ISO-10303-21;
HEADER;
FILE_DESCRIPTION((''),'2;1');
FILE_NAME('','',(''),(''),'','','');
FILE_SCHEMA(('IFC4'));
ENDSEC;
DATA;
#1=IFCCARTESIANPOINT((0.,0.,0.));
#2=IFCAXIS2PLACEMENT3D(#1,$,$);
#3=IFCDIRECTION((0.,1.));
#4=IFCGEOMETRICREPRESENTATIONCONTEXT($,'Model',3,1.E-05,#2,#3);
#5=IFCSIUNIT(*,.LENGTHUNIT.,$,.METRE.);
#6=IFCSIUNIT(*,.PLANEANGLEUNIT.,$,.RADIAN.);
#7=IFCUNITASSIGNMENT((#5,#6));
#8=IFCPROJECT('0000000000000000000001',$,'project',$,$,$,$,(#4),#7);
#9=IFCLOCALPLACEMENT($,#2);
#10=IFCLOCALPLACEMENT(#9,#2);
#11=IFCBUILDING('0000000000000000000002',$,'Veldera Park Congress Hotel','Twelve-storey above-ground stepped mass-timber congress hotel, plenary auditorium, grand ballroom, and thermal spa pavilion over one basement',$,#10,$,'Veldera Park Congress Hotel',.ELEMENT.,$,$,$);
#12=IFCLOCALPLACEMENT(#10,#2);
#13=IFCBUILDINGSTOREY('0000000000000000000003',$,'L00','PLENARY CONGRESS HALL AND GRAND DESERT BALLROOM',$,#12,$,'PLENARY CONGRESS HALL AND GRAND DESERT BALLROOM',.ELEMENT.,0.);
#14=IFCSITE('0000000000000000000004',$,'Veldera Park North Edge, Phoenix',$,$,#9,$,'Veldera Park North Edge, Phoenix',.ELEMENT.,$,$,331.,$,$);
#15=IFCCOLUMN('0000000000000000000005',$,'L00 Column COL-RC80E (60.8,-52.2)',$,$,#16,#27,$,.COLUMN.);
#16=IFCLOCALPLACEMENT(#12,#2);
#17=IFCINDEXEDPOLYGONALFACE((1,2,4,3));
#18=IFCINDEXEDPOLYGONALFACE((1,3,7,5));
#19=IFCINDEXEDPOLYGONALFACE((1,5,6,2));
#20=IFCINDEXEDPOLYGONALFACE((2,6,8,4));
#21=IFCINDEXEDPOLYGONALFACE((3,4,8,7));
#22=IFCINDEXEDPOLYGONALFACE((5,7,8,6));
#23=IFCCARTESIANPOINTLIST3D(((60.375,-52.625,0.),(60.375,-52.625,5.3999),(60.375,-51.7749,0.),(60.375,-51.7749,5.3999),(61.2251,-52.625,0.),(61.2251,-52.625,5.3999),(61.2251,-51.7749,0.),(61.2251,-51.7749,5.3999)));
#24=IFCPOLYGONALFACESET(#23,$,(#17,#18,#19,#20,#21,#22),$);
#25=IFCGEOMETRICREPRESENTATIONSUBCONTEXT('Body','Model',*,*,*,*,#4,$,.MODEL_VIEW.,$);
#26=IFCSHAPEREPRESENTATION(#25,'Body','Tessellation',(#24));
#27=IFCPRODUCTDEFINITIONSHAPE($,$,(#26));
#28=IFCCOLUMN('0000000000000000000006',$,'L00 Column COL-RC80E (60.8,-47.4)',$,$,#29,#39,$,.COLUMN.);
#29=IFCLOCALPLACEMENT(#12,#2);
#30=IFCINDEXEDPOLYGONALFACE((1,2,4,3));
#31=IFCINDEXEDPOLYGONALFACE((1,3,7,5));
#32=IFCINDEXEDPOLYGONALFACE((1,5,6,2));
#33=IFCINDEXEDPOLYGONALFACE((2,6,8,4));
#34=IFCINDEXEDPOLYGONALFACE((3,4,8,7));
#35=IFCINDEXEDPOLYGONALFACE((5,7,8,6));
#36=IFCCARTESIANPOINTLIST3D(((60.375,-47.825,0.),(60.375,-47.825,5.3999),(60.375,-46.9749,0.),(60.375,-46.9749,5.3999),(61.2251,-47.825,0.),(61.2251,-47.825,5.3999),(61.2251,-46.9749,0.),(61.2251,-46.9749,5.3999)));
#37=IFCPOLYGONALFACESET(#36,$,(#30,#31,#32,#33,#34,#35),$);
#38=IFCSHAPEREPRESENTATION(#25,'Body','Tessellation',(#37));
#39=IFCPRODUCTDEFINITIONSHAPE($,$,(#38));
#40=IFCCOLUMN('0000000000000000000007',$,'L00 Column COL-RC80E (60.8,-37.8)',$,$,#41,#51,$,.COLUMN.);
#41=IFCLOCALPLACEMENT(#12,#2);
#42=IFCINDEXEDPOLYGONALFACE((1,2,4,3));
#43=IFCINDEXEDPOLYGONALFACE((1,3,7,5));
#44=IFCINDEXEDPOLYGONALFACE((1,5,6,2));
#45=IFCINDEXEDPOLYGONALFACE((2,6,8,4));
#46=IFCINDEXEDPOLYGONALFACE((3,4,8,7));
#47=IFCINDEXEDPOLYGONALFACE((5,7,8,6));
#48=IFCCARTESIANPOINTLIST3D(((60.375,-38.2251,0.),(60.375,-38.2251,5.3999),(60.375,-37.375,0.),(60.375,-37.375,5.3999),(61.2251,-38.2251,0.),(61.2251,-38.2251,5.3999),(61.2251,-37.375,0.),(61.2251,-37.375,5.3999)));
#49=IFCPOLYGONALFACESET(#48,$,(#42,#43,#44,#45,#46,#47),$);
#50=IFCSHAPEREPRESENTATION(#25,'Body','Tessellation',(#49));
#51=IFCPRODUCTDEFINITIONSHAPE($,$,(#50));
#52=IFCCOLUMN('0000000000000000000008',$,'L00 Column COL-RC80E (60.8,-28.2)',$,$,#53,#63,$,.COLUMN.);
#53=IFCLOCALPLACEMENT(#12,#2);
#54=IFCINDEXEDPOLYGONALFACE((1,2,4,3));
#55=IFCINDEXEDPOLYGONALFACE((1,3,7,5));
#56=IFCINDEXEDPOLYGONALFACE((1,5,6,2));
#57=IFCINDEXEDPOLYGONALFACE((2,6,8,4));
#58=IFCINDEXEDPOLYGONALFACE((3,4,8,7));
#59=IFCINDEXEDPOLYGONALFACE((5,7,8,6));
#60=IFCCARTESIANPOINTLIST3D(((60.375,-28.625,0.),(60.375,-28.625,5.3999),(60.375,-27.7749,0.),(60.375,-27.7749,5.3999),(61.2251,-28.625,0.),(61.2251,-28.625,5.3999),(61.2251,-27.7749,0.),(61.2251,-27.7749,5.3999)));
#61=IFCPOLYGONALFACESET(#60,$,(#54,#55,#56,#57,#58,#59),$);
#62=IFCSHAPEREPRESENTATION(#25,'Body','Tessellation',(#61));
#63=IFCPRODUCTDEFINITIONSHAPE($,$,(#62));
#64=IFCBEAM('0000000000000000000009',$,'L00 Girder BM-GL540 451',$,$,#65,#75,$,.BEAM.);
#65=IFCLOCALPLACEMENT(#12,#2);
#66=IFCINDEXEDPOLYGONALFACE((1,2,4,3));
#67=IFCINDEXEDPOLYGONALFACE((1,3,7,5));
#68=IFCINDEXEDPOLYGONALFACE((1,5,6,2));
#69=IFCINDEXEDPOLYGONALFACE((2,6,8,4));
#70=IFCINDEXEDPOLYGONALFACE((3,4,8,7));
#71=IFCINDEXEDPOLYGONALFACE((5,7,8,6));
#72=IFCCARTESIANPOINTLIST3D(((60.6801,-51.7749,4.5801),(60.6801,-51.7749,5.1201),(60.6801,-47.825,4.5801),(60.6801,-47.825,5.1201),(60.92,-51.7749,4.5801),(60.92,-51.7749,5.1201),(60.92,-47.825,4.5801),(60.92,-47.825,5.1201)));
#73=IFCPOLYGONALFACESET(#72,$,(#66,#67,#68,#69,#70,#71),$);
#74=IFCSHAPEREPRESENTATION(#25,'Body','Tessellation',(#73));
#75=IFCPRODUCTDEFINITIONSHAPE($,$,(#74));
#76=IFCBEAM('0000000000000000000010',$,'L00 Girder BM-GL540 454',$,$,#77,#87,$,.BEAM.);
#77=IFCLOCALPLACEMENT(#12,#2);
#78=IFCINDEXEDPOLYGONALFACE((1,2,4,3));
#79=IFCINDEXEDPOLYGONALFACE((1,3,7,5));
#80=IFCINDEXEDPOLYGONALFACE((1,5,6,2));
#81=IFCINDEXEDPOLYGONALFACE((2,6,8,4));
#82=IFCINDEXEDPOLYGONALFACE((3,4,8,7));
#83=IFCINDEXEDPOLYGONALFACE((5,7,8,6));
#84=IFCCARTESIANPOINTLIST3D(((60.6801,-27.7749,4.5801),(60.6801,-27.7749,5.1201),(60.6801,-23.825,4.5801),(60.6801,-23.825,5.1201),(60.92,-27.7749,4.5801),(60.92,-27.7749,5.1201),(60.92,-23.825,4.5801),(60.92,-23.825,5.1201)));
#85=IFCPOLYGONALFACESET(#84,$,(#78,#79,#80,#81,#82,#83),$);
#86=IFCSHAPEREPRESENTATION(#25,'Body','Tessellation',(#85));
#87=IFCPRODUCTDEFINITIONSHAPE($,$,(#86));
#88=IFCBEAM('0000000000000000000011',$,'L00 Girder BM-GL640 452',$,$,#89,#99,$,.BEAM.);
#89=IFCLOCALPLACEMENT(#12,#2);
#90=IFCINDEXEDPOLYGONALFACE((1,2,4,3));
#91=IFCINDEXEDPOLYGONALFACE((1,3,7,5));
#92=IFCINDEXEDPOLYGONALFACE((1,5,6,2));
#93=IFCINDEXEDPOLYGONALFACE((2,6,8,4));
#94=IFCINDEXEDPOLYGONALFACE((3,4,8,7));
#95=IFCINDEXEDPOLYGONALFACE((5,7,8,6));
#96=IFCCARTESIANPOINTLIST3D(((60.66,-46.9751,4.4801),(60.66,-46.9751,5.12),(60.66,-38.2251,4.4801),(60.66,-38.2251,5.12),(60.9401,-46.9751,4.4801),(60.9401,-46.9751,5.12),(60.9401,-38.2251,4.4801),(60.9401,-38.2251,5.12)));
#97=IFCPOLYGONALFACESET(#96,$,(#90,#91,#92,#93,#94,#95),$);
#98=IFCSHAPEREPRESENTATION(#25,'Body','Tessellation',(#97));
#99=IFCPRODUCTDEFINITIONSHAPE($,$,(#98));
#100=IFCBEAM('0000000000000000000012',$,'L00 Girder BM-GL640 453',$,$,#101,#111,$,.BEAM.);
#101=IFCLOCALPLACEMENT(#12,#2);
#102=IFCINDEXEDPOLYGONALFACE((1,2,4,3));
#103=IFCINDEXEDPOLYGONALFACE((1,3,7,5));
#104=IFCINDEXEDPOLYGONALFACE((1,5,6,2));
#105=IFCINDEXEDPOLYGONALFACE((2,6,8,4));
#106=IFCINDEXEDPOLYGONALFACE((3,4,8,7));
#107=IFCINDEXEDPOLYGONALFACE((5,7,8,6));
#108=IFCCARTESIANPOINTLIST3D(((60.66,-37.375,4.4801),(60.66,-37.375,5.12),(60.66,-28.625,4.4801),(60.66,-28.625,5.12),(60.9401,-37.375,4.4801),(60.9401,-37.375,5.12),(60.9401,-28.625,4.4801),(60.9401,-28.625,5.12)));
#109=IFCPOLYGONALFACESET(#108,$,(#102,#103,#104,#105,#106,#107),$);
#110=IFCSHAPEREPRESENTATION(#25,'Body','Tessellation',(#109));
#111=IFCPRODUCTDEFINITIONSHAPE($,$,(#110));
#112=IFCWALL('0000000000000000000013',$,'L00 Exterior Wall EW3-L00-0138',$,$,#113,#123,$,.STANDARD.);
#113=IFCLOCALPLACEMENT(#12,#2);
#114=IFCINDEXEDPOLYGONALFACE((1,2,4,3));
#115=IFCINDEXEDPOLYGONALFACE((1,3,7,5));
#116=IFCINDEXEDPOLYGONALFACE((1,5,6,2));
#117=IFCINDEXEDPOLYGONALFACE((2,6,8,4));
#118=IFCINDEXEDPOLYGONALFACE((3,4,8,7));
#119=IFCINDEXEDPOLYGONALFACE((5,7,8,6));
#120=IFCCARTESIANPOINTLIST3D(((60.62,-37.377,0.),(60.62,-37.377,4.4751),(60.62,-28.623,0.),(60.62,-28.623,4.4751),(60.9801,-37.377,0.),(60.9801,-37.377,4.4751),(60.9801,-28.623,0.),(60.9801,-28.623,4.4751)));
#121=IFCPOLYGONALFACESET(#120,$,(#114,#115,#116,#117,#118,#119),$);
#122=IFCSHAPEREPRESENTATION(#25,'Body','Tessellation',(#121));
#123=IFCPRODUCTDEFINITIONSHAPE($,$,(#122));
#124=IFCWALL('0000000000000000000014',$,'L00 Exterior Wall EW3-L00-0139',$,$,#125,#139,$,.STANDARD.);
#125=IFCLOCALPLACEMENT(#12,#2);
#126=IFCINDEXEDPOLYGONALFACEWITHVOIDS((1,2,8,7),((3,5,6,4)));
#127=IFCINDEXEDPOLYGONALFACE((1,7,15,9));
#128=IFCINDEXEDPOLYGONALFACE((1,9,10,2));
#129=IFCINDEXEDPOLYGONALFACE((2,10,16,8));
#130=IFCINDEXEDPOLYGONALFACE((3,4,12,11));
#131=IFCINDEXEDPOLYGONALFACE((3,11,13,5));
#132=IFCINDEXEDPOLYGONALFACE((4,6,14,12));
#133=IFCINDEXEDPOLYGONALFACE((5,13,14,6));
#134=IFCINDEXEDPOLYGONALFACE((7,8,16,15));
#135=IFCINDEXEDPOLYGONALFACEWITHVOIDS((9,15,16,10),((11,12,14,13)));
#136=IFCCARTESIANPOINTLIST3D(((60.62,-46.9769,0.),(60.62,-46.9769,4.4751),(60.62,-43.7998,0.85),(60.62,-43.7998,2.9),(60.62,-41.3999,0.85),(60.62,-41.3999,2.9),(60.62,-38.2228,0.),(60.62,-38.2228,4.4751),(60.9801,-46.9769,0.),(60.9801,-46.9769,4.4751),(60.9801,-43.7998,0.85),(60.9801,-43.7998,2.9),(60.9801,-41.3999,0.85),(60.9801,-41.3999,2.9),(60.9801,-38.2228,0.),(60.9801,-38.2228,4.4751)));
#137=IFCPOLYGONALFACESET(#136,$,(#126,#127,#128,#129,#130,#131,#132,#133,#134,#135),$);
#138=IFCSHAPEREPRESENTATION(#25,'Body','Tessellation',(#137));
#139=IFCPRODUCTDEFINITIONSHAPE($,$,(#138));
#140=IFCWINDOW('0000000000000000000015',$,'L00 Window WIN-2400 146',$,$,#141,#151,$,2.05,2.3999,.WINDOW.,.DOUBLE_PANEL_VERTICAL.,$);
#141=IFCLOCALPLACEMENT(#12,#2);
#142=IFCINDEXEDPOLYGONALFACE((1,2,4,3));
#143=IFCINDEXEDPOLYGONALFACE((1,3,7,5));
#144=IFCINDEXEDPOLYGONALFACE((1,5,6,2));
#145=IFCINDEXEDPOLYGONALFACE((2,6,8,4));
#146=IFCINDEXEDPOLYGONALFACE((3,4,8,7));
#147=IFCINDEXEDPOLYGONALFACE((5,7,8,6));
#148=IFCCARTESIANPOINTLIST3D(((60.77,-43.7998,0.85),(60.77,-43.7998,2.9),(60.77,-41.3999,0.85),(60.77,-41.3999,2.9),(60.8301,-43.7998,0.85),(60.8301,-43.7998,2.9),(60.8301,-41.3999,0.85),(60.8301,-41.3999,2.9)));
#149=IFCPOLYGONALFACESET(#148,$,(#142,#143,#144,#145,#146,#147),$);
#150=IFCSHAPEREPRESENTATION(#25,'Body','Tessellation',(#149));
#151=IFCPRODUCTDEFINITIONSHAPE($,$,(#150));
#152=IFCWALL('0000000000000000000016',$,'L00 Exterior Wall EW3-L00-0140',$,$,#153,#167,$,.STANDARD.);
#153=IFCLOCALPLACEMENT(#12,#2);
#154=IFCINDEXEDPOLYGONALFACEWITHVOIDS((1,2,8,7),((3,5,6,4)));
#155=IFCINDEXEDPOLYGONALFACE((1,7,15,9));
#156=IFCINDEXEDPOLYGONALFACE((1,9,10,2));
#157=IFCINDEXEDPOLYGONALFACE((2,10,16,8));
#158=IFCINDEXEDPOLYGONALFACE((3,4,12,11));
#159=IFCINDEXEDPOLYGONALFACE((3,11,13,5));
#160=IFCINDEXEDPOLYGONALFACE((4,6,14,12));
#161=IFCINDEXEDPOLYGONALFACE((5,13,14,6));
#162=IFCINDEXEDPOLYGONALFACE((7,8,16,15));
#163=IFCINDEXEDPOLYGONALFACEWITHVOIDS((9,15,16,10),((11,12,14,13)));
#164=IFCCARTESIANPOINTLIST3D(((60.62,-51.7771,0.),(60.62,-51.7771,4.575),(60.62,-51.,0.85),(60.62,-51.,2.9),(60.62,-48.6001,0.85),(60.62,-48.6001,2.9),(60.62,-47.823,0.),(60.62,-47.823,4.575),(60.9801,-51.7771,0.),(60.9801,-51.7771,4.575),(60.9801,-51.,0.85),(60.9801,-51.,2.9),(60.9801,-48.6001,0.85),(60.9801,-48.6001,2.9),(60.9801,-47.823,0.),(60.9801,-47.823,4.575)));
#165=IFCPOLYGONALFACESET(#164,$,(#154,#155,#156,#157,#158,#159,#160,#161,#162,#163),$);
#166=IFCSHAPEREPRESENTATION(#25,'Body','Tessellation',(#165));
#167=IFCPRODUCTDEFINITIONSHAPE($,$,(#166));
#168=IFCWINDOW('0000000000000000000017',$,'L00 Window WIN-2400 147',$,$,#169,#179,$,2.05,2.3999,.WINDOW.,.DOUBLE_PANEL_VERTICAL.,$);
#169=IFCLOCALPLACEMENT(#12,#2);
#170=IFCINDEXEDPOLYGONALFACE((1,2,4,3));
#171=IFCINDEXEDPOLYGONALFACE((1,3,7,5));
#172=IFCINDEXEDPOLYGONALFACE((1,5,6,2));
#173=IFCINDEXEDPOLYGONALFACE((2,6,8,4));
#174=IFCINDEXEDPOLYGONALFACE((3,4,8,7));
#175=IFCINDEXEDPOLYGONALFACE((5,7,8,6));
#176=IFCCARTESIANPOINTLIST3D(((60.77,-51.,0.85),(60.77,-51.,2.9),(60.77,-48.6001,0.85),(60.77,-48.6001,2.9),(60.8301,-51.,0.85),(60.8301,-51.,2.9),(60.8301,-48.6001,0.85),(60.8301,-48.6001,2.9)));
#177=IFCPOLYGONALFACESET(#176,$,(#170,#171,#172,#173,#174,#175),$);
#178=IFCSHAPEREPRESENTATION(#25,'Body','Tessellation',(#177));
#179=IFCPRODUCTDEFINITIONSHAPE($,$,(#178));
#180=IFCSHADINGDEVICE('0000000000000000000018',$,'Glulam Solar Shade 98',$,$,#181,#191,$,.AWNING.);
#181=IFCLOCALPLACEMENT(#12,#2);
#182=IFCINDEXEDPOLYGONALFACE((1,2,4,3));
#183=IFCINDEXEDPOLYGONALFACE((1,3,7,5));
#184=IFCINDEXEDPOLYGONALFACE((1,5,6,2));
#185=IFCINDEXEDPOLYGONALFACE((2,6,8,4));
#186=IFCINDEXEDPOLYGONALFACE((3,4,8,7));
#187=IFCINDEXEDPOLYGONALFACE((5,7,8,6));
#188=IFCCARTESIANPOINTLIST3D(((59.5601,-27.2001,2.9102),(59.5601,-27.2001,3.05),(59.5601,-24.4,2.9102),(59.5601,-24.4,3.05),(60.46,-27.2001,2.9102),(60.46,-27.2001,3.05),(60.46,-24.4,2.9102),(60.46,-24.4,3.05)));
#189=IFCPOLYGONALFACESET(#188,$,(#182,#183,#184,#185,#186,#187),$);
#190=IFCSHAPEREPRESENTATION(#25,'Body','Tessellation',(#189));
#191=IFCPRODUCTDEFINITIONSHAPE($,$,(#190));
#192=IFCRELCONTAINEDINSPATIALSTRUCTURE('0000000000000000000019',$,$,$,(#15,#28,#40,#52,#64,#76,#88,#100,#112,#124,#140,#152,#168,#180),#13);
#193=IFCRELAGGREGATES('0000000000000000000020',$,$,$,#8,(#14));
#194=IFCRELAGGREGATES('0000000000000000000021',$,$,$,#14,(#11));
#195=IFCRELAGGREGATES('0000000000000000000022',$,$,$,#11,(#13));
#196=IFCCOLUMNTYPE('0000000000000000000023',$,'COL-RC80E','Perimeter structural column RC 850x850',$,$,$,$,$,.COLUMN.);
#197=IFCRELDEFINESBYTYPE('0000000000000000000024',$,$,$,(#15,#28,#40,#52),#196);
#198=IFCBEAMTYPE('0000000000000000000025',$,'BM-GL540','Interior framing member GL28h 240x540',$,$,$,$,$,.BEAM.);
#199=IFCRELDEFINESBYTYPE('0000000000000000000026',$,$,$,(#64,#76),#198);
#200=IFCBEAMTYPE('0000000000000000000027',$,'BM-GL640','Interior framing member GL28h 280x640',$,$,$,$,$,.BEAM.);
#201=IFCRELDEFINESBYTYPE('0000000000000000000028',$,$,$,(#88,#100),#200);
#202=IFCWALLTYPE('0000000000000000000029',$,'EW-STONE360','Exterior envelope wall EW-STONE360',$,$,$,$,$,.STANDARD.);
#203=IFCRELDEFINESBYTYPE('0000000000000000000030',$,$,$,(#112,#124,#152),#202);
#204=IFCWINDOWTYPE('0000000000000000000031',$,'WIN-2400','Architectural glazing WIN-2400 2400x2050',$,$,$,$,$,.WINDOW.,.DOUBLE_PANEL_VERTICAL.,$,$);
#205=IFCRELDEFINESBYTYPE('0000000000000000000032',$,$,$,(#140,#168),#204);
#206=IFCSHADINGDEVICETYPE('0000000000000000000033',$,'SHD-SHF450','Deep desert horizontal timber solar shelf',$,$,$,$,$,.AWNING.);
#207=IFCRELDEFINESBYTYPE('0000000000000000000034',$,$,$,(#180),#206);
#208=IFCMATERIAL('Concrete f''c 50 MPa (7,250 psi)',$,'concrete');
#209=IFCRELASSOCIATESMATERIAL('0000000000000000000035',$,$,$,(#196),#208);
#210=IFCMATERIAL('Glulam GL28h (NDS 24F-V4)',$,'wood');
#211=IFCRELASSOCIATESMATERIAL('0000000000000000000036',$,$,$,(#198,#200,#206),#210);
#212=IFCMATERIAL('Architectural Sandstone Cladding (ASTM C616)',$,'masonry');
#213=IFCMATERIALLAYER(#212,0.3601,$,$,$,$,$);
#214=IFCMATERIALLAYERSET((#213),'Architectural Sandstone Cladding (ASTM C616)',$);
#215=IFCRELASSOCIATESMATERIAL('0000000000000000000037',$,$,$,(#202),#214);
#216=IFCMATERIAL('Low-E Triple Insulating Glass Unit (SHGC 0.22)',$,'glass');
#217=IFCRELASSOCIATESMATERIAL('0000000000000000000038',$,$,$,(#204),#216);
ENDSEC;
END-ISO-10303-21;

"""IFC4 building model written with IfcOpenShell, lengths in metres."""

from ifc_helpers import new_model, si_unit, direction, frame, frame_2d, origin, origin_2d, place, context, subcontext, project, spatial, rectangle, extrude, material, layer, layer_set, material_profile, profile_set, type_object, element, fill, save


model = new_model("IFC4")

# Units and contexts
model_context = context("Model", 3, precision=1e-05, world=origin(), true_north=direction((0.0, 1.0)))
body_context = subcontext(model_context, "Body", "Model", "MODEL_VIEW")
ifc_project = project(units=[si_unit("LENGTHUNIT", "METRE"), si_unit("PLANEANGLEUNIT", "RADIAN")], contexts=[model_context])

# Site, building, storey
site_placement = place(None, origin())
site = spatial("IfcSite", under=ifc_project, at=site_placement, Name="Veldera Park North Edge, Phoenix", LongName="Veldera Park North Edge, Phoenix", CompositionType="ELEMENT", RefElevation=331.0)
building_placement = place(site_placement, origin())
building = spatial("IfcBuilding", under=site, at=building_placement, Name="Veldera Park Congress Hotel", Description="Twelve-storey above-ground stepped mass-timber congress hotel, plenary auditorium, grand ballroom, and thermal spa pavilion over one basement", LongName="Veldera Park Congress Hotel", CompositionType="ELEMENT")
storey_placement = place(building_placement, origin())
storey = spatial("IfcBuildingStorey", under=building, at=storey_placement, Name="L00", Description="PLENARY CONGRESS HALL AND GRAND DESERT BALLROOM", LongName="PLENARY CONGRESS HALL AND GRAND DESERT BALLROOM", CompositionType="ELEMENT", Elevation=0.0)

# Columns
ifc_material_1 = material(Name="Concrete f'c 50 MPa (7,250 psi)", Category="concrete")
ifc_material_profile_1 = material_profile(ifc_material_1, rectangle(XDim=0.8501, YDim=0.8501, at=origin_2d()), Name="RC 850x850")
ifc_profile_set_1 = profile_set([ifc_material_profile_1], Name="Concrete f'c 50 MPa (7,250 psi)")
column_type = type_object("IfcColumnType", Name="COL-RC80E", Description="Perimeter structural column RC 850x850", PredefinedType="COLUMN", material=ifc_profile_set_1)
for number, where, z_axis, x_axis, name in (
    (1, (60.8, -52.2, 0.0), (0.0, 0.0, 1.0), (1.0, 0.0, 0.0), "L00 Column COL-RC80E (60.8,-52.2)"),
    (2, (60.8, -47.3999, 0.0), (0.0, 0.0, 1.0), (1.0, 0.0, 0.0), "L00 Column COL-RC80E (60.8,-47.4)"),
    (3, (60.8, -37.8, 0.0), (0.0, 0.0, 1.0), (1.0, 0.0, 0.0), "L00 Column COL-RC80E (60.8,-37.8)"),
    (4, (60.8, -28.2, 0.0), (0.0, 0.0, 1.0), (1.0, 0.0, 0.0), "L00 Column COL-RC80E (60.8,-28.2)"),
):
    element("IfcColumn", number, at=place(storey_placement, frame(where, z_axis=z_axis, x_axis=x_axis)), inside=storey, type_object=column_type, Name=name, PredefinedType="COLUMN", context=body_context, shape_type="SweptSolid", body=[
        extrude(rectangle(XDim=0.8501, YDim=0.8501, at=origin_2d()), origin(), (0.0, 0.0, 1.0), 5.3999),
    ])

# Beams
ifc_material_2 = material(Name="Glulam GL28h (NDS 24F-V4)", Category="wood")
ifc_material_profile_2 = material_profile(ifc_material_2, rectangle(XDim=0.24, YDim=0.54, at=origin_2d()), Name="GL28h 240x540")
ifc_profile_set_2 = profile_set([ifc_material_profile_2], Name="Glulam GL28h (NDS 24F-V4)")
beam_type_1 = type_object("IfcBeamType", Name="BM-GL540", Description="Interior framing member GL28h 240x540", PredefinedType="BEAM", material=ifc_profile_set_2)
for number, where, z_axis, x_axis, name in (
    (5, (60.8, -51.7749, 4.8501), (0.0, 1.0, 0.0), (-1.0, 0.0, 0.0), "L00 Girder BM-GL540 451"),
    (6, (60.8, -27.7749, 4.8501), (0.0, 1.0, 0.0), (-1.0, 0.0, 0.0), "L00 Girder BM-GL540 454"),
):
    element("IfcBeam", number, at=place(storey_placement, frame(where, z_axis=z_axis, x_axis=x_axis)), inside=storey, type_object=beam_type_1, Name=name, PredefinedType="BEAM", context=body_context, shape_type="SweptSolid", body=[
        extrude(rectangle(XDim=0.24, YDim=0.54, at=origin_2d()), origin(), (0.0, 0.0, 1.0), 3.95),
    ])
ifc_material_profile_3 = material_profile(ifc_material_2, rectangle(XDim=0.28, YDim=0.6399, at=origin_2d()), Name="GL28h 280x640")
ifc_profile_set_3 = profile_set([ifc_material_profile_3], Name="Glulam GL28h (NDS 24F-V4)")
beam_type_2 = type_object("IfcBeamType", Name="BM-GL640", Description="Interior framing member GL28h 280x640", PredefinedType="BEAM", material=ifc_profile_set_3)
for number, where, z_axis, x_axis, name in (
    (7, (60.8, -46.9751, 4.8), (0.0, 1.0, 0.0), (-1.0, 0.0, 0.0), "L00 Girder BM-GL640 452"),
    (8, (60.8, -37.375, 4.8), (0.0, 1.0, 0.0), (-1.0, 0.0, 0.0), "L00 Girder BM-GL640 453"),
):
    element("IfcBeam", number, at=place(storey_placement, frame(where, z_axis=z_axis, x_axis=x_axis)), inside=storey, type_object=beam_type_2, Name=name, PredefinedType="BEAM", context=body_context, shape_type="SweptSolid", body=[
        extrude(rectangle(XDim=0.28, YDim=0.6399, at=origin_2d()), origin(), (0.0, 0.0, 1.0), 8.75),
    ])

# Wall
ifc_material_3 = material(Name="Architectural Sandstone Cladding (ASTM C616)", Category="masonry")
ifc_layer = layer(ifc_material_3, 0.3601)
ifc_layer_set = layer_set([ifc_layer], Name="Architectural Sandstone Cladding (ASTM C616)")
wall_type = type_object("IfcWallType", Name="EW-STONE360", Description="Exterior envelope wall EW-STONE360", PredefinedType="STANDARD", material=ifc_layer_set)
wall_1_placement = place(storey_placement, frame((60.8, -28.623, 0.0), z_axis=(0.0, 0.0, 1.0), x_axis=(0.0, -1.0, 0.0)))
element("IfcWall", 9, at=wall_1_placement, inside=storey, type_object=wall_type, Name="L00 Exterior Wall EW3-L00-0138", PredefinedType="STANDARD", context=body_context, shape_type="SweptSolid", body=[
    extrude(rectangle(XDim=8.7539, YDim=0.3601, at=frame_2d((4.377, 0.0))), origin(), (0.0, 0.0, 1.0), 4.4751),
])

# Walls, openings, windows
wall_2_placement = place(storey_placement, frame((60.8, -38.2229, 0.0), z_axis=(0.0, 0.0, 1.0), x_axis=(0.0, -1.0, 0.0)))
wall_2 = element("IfcWall", 10, at=wall_2_placement, inside=storey, type_object=wall_type, Name="L00 Exterior Wall EW3-L00-0139", PredefinedType="STANDARD", context=body_context, shape_type="SweptSolid", body=[
    extrude(rectangle(XDim=8.7542, YDim=0.3601, at=frame_2d((4.377, 0.0))), origin(), (0.0, 0.0, 1.0), 4.4751),
])
opening_1_placement = place(wall_2_placement, frame((3.177, 0.0, 0.8501)))
opening_1 = element("IfcOpeningElement", 11, at=opening_1_placement, cuts=wall_2, PredefinedType="OPENING", context=body_context, shape_type="SweptSolid", body=[
    extrude(rectangle(XDim=2.3999, YDim=2.05, at=frame_2d((1.2, 1.0249))), frame((0.0, 0.1921, 0.0), z_axis=(0.0, -1.0, 0.0), x_axis=(1.0, 0.0, 0.0)), (0.0, 0.0, 1.0), 0.384),
])
ifc_material_4 = material(Name="Low-E Triple Insulating Glass Unit (SHGC 0.22)", Category="glass")
window_type = type_object("IfcWindowType", Name="WIN-2400", Description="Architectural glazing WIN-2400 2400x2050", PartitioningType="DOUBLE_PANEL_VERTICAL", PredefinedType="WINDOW", material=ifc_material_4)
window_1_placement = place(opening_1_placement, origin())
window_1 = element("IfcWindow", 12, at=window_1_placement, inside=storey, type_object=window_type, Name="L00 Window WIN-2400 146", OverallHeight=2.05, OverallWidth=2.3999, PartitioningType="DOUBLE_PANEL_VERTICAL", PredefinedType="WINDOW", context=body_context, shape_type="SweptSolid", body=[
    extrude(rectangle(XDim=2.3999, YDim=2.05, at=frame_2d((1.2, 1.0249))), frame((0.0, 0.03, 0.0), z_axis=(0.0, -1.0, 0.0), x_axis=(1.0, 0.0, 0.0)), (0.0, 0.0, 1.0), 0.0601),
])
fill(opening_1, window_1)
wall_3_placement = place(storey_placement, frame((60.8, -47.823, 0.0), z_axis=(0.0, 0.0, 1.0), x_axis=(0.0, -1.0, 0.0)))
wall_3 = element("IfcWall", 13, at=wall_3_placement, inside=storey, type_object=wall_type, Name="L00 Exterior Wall EW3-L00-0140", PredefinedType="STANDARD", context=body_context, shape_type="SweptSolid", body=[
    extrude(rectangle(XDim=3.9541, YDim=0.3601, at=frame_2d((1.9771, 0.0))), origin(), (0.0, 0.0, 1.0), 4.575),
])
opening_2_placement = place(wall_3_placement, frame((0.7771, 0.0, 0.8501)))
opening_2 = element("IfcOpeningElement", 14, at=opening_2_placement, cuts=wall_3, PredefinedType="OPENING", context=body_context, shape_type="SweptSolid", body=[
    extrude(rectangle(XDim=2.3999, YDim=2.05, at=frame_2d((1.2, 1.0249))), frame((0.0, 0.1921, 0.0), z_axis=(0.0, -1.0, 0.0), x_axis=(1.0, 0.0, 0.0)), (0.0, 0.0, 1.0), 0.384),
])
window_2_placement = place(opening_2_placement, origin())
window_2 = element("IfcWindow", 15, at=window_2_placement, inside=storey, type_object=window_type, Name="L00 Window WIN-2400 147", OverallHeight=2.05, OverallWidth=2.3999, PartitioningType="DOUBLE_PANEL_VERTICAL", PredefinedType="WINDOW", context=body_context, shape_type="SweptSolid", body=[
    extrude(rectangle(XDim=2.3999, YDim=2.05, at=frame_2d((1.2, 1.0249))), frame((0.0, 0.03, 0.0), z_axis=(0.0, -1.0, 0.0), x_axis=(1.0, 0.0, 0.0)), (0.0, 0.0, 1.0), 0.0601),
])
fill(opening_2, window_2)

# Shading device
shading_device_type = type_object("IfcShadingDeviceType", Name="SHD-SHF450", Description="Deep desert horizontal timber solar shelf", PredefinedType="AWNING", material=ifc_material_2)
for number, where, z_axis, x_axis, name in (
    (16, (60.01, -25.8, 2.9102), (0.0, 0.0, 1.0), (0.0, -1.0, 0.0), "Glulam Solar Shade 98"),
):
    element("IfcShadingDevice", number, at=place(storey_placement, frame(where, z_axis=z_axis, x_axis=x_axis)), inside=storey, type_object=shading_device_type, Name=name, PredefinedType="AWNING", context=body_context, shape_type="SweptSolid", body=[
        extrude(rectangle(XDim=2.8, YDim=0.8999, at=origin_2d()), origin(), (0.0, 0.0, 1.0), 0.1399),
    ])

save(model, "model.ifc")
